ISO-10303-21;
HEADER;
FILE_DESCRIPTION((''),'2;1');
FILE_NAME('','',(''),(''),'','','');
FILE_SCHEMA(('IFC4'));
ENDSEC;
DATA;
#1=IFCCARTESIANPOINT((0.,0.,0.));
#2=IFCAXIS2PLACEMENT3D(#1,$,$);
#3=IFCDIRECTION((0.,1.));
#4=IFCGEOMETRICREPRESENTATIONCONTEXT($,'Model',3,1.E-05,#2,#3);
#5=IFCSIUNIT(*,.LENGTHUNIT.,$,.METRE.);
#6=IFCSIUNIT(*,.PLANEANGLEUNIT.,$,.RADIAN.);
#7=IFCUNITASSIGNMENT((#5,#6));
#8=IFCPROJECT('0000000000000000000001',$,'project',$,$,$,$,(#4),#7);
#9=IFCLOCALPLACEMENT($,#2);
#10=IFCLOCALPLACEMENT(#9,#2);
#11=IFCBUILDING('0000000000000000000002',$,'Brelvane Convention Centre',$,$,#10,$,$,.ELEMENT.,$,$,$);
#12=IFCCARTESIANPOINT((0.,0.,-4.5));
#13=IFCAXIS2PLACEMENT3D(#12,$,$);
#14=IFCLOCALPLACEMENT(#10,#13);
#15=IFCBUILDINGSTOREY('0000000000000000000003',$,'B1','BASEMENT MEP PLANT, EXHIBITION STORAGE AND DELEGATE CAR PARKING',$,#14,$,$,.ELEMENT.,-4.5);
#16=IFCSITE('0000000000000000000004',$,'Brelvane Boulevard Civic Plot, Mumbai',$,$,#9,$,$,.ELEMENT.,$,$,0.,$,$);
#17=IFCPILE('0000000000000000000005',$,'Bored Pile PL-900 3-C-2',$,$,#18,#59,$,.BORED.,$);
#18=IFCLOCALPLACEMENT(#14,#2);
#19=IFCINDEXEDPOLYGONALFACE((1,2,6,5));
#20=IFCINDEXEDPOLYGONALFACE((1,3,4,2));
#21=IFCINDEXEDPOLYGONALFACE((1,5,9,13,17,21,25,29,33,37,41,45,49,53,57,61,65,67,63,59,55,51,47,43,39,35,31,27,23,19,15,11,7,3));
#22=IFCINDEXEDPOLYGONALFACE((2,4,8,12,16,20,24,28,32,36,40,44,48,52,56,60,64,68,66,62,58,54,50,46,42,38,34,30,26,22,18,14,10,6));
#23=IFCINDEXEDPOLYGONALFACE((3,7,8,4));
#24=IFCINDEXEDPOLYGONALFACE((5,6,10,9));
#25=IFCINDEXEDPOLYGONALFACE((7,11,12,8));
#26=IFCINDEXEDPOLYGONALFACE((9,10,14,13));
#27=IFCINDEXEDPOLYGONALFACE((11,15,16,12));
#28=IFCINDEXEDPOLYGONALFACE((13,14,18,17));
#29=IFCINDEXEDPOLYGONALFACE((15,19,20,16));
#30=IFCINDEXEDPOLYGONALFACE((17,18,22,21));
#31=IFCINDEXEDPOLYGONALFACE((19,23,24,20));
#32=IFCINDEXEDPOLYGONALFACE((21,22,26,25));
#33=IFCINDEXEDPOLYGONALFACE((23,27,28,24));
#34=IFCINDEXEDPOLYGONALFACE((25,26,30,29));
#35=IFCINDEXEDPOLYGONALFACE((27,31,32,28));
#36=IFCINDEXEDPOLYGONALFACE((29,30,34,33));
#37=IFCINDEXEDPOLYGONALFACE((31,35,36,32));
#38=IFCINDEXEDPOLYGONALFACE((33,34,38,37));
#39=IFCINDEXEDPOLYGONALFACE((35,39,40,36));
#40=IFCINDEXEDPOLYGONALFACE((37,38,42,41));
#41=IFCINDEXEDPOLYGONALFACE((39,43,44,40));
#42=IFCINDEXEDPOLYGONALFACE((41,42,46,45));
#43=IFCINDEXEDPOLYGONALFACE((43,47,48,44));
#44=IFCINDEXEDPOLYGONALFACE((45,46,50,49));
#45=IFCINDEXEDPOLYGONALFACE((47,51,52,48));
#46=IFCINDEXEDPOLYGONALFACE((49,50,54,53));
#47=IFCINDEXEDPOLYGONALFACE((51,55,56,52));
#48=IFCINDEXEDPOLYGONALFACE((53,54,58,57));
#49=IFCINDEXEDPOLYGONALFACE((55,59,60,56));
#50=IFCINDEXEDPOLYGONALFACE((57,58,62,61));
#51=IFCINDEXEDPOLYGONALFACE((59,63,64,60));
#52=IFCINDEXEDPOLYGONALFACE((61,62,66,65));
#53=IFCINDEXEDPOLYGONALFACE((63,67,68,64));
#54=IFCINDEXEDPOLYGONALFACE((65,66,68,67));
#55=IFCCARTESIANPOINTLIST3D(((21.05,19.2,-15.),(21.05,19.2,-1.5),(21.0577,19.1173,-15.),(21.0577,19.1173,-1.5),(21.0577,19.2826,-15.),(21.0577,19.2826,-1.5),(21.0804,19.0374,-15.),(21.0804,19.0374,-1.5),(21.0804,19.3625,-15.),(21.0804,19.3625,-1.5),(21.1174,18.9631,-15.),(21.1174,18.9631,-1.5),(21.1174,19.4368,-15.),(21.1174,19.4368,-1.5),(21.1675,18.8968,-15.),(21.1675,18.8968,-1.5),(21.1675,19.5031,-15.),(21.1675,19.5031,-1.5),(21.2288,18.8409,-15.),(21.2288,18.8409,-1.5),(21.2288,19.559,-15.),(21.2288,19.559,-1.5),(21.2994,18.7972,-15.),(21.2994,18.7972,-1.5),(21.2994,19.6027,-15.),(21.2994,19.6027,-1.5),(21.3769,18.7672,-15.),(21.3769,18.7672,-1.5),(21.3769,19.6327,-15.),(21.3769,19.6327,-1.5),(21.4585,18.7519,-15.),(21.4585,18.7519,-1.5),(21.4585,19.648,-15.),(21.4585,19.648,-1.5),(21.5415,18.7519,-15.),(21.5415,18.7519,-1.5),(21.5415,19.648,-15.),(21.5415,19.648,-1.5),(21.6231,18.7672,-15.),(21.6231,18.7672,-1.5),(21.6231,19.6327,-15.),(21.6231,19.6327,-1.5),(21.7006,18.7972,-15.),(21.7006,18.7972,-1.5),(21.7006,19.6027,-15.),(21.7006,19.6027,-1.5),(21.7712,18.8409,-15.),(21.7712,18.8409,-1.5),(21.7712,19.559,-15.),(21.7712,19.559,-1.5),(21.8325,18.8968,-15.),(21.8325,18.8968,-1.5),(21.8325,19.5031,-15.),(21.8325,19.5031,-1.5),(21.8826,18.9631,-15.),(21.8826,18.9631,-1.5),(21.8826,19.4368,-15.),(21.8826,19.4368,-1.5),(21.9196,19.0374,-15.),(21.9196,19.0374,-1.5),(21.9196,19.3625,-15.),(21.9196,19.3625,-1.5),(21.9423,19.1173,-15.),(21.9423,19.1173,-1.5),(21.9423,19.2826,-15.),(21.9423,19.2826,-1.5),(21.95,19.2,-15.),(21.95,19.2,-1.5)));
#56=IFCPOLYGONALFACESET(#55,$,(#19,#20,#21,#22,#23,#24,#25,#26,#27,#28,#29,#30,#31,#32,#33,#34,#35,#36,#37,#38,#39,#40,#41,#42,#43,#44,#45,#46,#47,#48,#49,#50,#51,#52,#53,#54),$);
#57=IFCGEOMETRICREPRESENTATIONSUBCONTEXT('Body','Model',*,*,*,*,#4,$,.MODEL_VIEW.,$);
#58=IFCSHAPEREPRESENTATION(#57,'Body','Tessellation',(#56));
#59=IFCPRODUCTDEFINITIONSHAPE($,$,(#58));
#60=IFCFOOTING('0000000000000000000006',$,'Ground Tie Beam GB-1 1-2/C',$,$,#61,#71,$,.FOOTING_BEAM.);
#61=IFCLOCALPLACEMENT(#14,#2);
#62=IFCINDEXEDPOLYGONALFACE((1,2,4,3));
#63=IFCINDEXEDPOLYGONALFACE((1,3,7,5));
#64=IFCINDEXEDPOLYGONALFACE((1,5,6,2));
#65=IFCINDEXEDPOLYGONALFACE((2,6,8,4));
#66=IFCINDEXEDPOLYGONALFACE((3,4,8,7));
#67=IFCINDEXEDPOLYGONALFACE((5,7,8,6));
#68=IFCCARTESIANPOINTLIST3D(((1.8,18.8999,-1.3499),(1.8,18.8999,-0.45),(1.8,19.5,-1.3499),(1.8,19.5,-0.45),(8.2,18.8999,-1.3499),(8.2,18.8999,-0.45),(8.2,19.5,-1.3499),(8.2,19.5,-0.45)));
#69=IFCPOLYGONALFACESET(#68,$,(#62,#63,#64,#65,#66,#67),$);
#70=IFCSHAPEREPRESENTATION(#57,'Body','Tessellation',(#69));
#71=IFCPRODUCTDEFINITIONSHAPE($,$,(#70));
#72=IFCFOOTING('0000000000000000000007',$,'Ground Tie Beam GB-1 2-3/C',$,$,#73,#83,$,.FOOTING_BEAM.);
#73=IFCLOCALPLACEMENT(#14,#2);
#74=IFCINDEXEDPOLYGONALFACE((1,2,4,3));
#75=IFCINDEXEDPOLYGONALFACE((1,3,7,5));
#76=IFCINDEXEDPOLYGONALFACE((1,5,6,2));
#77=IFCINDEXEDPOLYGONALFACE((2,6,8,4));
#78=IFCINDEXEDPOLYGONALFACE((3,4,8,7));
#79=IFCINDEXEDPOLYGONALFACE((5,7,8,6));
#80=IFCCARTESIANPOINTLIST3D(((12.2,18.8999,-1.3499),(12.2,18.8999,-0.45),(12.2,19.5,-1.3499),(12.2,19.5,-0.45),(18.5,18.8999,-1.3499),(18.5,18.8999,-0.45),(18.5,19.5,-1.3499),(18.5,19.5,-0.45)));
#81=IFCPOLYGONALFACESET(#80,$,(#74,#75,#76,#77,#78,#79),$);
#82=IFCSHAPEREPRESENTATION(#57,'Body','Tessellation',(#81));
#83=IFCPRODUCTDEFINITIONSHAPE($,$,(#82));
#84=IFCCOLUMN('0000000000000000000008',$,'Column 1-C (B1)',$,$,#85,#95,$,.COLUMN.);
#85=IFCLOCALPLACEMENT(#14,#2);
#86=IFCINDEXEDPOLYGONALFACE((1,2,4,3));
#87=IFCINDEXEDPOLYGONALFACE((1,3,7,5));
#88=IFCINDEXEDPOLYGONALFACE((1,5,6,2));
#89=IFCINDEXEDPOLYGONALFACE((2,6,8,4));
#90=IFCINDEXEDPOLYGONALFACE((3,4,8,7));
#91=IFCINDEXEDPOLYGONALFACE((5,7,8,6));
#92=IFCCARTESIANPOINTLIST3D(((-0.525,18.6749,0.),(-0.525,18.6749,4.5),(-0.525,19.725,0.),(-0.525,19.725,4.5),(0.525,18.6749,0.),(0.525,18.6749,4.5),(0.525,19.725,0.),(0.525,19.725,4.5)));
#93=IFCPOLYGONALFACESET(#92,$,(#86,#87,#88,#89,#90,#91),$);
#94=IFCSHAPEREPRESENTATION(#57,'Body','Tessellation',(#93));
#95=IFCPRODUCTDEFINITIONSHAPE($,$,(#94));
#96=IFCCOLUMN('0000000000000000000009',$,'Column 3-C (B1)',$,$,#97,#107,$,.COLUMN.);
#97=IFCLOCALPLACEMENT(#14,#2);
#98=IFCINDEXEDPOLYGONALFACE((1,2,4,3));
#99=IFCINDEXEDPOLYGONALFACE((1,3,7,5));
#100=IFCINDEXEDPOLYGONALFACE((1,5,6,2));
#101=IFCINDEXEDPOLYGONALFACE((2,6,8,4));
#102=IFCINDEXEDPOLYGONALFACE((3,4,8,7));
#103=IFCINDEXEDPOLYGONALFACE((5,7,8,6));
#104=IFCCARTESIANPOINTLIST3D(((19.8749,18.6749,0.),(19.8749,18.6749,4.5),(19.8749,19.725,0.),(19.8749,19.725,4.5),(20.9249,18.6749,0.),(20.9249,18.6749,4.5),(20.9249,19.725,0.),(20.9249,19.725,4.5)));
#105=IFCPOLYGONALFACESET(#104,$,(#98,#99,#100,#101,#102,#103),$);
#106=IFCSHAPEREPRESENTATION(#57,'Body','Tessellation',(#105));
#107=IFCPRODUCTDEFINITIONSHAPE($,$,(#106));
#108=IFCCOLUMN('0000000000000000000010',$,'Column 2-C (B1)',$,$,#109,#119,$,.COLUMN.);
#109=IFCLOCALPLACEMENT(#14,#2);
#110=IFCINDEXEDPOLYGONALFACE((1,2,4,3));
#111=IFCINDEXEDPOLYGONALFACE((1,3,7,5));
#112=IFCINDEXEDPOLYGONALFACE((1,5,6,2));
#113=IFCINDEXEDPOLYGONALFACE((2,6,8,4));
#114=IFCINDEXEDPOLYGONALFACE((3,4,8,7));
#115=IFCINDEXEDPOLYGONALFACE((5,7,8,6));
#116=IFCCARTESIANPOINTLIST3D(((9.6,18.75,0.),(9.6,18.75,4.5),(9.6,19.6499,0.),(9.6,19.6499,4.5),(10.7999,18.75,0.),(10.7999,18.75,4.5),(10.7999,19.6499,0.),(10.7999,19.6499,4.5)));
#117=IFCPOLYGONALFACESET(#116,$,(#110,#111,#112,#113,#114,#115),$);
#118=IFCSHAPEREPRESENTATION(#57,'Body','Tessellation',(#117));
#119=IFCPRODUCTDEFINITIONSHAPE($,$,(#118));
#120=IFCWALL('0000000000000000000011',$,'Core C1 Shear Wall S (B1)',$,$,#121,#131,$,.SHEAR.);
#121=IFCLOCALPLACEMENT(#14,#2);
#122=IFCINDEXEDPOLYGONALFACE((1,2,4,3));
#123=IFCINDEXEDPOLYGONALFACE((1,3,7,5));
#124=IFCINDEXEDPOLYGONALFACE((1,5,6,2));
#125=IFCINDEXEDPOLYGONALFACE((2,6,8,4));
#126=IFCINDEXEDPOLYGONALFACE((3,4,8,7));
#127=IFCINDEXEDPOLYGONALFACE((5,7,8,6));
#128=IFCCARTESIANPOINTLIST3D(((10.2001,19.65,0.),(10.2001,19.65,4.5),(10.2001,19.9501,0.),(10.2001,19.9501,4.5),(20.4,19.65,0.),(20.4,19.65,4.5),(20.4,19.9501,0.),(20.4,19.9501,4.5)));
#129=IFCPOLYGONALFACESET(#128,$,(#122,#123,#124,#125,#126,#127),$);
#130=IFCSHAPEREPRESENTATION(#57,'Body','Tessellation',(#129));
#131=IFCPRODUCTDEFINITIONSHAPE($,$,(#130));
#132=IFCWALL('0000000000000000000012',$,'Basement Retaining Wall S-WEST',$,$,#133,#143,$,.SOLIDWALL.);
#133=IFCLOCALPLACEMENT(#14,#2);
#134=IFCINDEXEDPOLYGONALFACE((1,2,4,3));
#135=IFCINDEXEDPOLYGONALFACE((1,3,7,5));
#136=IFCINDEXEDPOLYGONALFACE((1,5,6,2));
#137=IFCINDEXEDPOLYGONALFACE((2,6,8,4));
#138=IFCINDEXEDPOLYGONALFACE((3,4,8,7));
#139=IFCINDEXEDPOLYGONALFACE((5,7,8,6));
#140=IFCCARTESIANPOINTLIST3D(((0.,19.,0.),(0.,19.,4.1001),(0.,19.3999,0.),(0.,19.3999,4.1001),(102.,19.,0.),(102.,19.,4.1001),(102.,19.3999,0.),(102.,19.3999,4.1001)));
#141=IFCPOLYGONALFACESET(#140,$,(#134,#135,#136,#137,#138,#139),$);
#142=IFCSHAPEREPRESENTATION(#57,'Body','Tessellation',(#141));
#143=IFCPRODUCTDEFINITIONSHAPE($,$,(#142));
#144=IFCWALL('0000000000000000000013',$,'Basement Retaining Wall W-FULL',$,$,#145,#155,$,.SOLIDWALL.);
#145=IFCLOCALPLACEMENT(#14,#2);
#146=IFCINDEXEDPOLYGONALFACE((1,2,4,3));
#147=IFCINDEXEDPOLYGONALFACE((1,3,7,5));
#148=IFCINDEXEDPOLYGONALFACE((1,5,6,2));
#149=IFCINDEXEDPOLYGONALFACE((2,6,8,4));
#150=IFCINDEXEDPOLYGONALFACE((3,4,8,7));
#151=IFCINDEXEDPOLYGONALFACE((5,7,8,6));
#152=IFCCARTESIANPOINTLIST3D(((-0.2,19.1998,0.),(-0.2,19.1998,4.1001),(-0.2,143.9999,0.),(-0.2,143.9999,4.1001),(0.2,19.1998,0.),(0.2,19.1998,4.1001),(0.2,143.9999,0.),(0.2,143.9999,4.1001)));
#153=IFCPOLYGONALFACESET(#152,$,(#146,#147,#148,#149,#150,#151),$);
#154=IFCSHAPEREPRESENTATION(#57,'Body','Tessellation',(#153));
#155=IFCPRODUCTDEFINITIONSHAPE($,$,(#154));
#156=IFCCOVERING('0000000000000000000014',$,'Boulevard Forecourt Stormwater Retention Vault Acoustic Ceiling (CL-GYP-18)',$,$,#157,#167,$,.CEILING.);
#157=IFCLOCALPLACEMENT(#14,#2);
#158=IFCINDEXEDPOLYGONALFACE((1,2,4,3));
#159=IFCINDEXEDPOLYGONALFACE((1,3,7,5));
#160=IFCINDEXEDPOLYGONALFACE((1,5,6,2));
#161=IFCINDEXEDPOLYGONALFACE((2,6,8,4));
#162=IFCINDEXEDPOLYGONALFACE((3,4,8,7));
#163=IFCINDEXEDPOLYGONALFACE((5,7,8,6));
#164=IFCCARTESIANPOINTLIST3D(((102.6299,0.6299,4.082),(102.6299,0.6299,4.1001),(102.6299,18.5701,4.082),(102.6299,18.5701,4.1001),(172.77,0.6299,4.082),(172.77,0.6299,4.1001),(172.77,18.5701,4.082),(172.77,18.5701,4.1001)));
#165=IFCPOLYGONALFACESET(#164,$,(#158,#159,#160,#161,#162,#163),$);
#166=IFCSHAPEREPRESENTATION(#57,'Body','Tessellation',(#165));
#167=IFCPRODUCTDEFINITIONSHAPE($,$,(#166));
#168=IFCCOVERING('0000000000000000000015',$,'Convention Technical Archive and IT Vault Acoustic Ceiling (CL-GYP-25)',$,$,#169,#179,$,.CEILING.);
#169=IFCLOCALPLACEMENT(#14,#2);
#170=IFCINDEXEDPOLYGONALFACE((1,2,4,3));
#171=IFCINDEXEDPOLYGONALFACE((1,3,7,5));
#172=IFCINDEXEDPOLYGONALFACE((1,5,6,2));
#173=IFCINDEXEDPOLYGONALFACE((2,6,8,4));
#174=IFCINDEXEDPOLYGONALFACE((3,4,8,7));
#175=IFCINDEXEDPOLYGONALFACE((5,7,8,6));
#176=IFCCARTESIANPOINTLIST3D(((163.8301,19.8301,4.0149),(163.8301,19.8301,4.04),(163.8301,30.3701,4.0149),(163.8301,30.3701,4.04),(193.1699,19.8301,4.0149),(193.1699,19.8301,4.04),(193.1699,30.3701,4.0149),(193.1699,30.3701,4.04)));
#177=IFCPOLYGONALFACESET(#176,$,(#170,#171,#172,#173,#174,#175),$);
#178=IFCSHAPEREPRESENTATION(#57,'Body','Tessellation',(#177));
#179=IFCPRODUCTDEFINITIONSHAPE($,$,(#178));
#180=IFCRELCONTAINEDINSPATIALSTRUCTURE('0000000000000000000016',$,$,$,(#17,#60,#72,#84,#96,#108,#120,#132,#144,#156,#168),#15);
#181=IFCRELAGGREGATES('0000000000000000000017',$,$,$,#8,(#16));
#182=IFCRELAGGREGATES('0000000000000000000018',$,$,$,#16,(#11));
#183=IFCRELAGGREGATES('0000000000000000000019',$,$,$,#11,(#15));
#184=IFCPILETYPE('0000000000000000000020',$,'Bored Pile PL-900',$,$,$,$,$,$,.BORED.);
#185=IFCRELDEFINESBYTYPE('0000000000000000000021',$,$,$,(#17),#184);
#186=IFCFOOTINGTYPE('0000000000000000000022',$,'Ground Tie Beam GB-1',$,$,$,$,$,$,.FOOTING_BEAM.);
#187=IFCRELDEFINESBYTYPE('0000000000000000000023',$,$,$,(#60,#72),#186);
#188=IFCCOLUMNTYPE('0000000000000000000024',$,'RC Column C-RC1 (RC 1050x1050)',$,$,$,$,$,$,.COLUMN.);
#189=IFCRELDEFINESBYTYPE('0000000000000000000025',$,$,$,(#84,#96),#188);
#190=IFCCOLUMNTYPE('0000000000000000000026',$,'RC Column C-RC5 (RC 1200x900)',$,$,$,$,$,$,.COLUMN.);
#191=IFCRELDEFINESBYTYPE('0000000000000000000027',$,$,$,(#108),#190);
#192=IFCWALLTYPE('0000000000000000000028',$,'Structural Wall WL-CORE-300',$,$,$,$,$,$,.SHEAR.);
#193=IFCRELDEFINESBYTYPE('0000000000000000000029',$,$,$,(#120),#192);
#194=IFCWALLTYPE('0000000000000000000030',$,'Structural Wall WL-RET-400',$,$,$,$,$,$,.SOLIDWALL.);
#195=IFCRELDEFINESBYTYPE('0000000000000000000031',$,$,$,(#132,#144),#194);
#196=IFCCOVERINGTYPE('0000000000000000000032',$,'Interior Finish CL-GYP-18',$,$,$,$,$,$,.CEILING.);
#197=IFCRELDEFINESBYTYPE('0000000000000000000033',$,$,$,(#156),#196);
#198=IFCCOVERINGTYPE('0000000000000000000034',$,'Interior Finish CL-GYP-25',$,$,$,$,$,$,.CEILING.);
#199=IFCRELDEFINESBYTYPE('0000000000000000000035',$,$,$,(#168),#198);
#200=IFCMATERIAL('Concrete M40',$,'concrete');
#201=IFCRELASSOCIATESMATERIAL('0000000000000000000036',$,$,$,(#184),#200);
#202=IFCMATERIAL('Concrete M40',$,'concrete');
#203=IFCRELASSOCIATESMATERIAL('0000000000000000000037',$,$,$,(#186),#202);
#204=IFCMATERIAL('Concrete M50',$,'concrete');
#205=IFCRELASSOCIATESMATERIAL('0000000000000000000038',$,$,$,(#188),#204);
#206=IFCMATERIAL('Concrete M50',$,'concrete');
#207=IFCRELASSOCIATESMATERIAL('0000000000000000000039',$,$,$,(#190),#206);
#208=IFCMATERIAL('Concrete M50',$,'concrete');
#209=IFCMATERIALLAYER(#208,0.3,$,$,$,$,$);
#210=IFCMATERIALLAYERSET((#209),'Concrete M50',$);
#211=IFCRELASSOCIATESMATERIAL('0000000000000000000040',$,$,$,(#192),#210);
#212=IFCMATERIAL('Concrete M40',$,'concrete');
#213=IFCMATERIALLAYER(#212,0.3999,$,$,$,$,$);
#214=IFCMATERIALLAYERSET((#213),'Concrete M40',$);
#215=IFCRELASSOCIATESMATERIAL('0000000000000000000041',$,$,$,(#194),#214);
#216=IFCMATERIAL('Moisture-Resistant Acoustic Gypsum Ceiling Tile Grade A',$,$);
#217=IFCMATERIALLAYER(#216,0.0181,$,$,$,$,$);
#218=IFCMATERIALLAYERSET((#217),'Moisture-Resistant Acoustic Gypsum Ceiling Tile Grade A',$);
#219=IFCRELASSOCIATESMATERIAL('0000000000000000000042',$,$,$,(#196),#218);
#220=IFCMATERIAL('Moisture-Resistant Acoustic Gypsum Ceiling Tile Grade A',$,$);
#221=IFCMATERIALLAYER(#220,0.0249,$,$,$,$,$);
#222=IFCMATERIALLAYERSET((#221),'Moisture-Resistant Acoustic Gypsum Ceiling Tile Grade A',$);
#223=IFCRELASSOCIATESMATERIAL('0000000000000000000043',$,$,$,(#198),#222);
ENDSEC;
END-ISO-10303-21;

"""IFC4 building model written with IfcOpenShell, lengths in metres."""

from ifc_helpers import new_model, si_unit, direction, frame, frame_2d, origin, origin_2d, place, context, subcontext, project, spatial, polyline, rectangle, circle, outline, extrude, material, layer, layer_set, material_profile, profile_set, type_object, element, save


model = new_model("IFC4")

# Units and contexts
model_context = context("Model", 3, precision=1e-05, world=origin(), true_north=direction((0.0, 1.0)))
body_context = subcontext(model_context, "Body", "Model", "MODEL_VIEW")
ifc_project = project(units=[si_unit("LENGTHUNIT", "METRE"), si_unit("PLANEANGLEUNIT", "RADIAN")], contexts=[model_context])

# Site, building, storey
site_placement = place(None, origin())
site = spatial("IfcSite", under=ifc_project, at=site_placement, Name="Brelvane Boulevard Civic Plot, Mumbai", CompositionType="ELEMENT", RefElevation=0.0)
building_placement = place(site_placement, origin())
building = spatial("IfcBuilding", under=site, at=building_placement, Name="Brelvane Convention Centre", CompositionType="ELEMENT")
storey_placement = place(building_placement, frame((0.0, 0.0, -4.5)))
storey = spatial("IfcBuildingStorey", under=building, at=storey_placement, Name="B1", Description="BASEMENT MEP PLANT, EXHIBITION STORAGE AND DELEGATE CAR PARKING", CompositionType="ELEMENT", Elevation=-4.5)

# Pile
ifc_material_1 = material(Name="Concrete M40", Category="concrete")
ifc_material_profile_1 = material_profile(ifc_material_1, circle(Radius=0.45, at=origin_2d()), Name="PILE D900")
ifc_profile_set_1 = profile_set([ifc_material_profile_1], Name="Concrete M40")
pile_type = type_object("IfcPileType", Name="Bored Pile PL-900", PredefinedType="BORED", material=ifc_profile_set_1)
for number, where, z_axis, x_axis, name in (
    (1, (21.5, 19.2, -1.5), (0.0, 0.0, -1.0), (1.0, 0.0, 0.0), "Bored Pile PL-900 3-C-2"),
):
    element("IfcPile", number, at=place(storey_placement, frame(where, z_axis=z_axis, x_axis=x_axis)), inside=storey, type_object=pile_type, Name=name, PredefinedType="BORED", context=body_context, shape_type="SweptSolid", body=[
        extrude(circle(Radius=0.45, at=origin_2d()), origin(), (0.0, 0.0, 1.0), 13.5),
    ])

# Footings
ifc_material_2 = material(Name="Concrete M40", Category="concrete")
ifc_material_profile_2 = material_profile(ifc_material_2, rectangle(XDim=0.6001, YDim=0.8999, at=origin_2d()), Name="RC 600x900")
ifc_profile_set_2 = profile_set([ifc_material_profile_2], Name="Concrete M40")
footing_type = type_object("IfcFootingType", Name="Ground Tie Beam GB-1", PredefinedType="FOOTING_BEAM", material=ifc_profile_set_2)
footing_1_placement = place(storey_placement, frame((1.8, 19.2, -0.8999), z_axis=(1.0, 0.0, 0.0), x_axis=(0.0, 1.0, 0.0)))
element("IfcFooting", 2, at=footing_1_placement, inside=storey, type_object=footing_type, Name="Ground Tie Beam GB-1 1-2/C", PredefinedType="FOOTING_BEAM", context=body_context, shape_type="SweptSolid", body=[
    extrude(rectangle(XDim=0.6001, YDim=0.8999, at=origin_2d()), origin(), (0.0, 0.0, 1.0), 6.3999),
])
footing_2_placement = place(storey_placement, frame((12.2, 19.2, -0.8999), z_axis=(1.0, 0.0, 0.0), x_axis=(0.0, 1.0, 0.0)))
element("IfcFooting", 3, at=footing_2_placement, inside=storey, type_object=footing_type, Name="Ground Tie Beam GB-1 2-3/C", PredefinedType="FOOTING_BEAM", context=body_context, shape_type="SweptSolid", body=[
    extrude(rectangle(XDim=0.6001, YDim=0.8999, at=origin_2d()), origin(), (0.0, 0.0, 1.0), 6.3),
])

# Columns
ifc_material_3 = material(Name="Concrete M50", Category="concrete")
ifc_material_profile_3 = material_profile(ifc_material_3, rectangle(XDim=1.05, YDim=1.05, at=origin_2d()), Name="RC 1050x1050")
ifc_profile_set_3 = profile_set([ifc_material_profile_3], Name="Concrete M50")
column_type_1 = type_object("IfcColumnType", Name="RC Column C-RC1 (RC 1050x1050)", PredefinedType="COLUMN", material=ifc_profile_set_3)
for number, where, z_axis, x_axis, name in (
    (4, (0.0, 19.2, 0.0), (0.0, 0.0, 1.0), (1.0, 0.0, 0.0), "Column 1-C (B1)"),
    (5, (20.3999, 19.2, 0.0), (0.0, 0.0, 1.0), (1.0, 0.0, 0.0), "Column 3-C (B1)"),
):
    element("IfcColumn", number, at=place(storey_placement, frame(where, z_axis=z_axis, x_axis=x_axis)), inside=storey, type_object=column_type_1, Name=name, PredefinedType="COLUMN", context=body_context, shape_type="SweptSolid", body=[
        extrude(rectangle(XDim=1.05, YDim=1.05, at=origin_2d()), origin(), (0.0, 0.0, 1.0), 4.5),
    ])
ifc_material_4 = material(Name="Concrete M50", Category="concrete")
ifc_material_profile_4 = material_profile(ifc_material_4, rectangle(XDim=1.2, YDim=0.8999, at=origin_2d()), Name="RC 1200x900")
ifc_profile_set_4 = profile_set([ifc_material_profile_4], Name="Concrete M50")
column_type_2 = type_object("IfcColumnType", Name="RC Column C-RC5 (RC 1200x900)", PredefinedType="COLUMN", material=ifc_profile_set_4)
column_placement = place(storey_placement, frame((10.2, 19.2, 0.0), z_axis=(0.0, 0.0, 1.0), x_axis=(1.0, 0.0, 0.0)))
element("IfcColumn", 6, at=column_placement, inside=storey, type_object=column_type_2, Name="Column 2-C (B1)", PredefinedType="COLUMN", context=body_context, shape_type="SweptSolid", body=[
    extrude(rectangle(XDim=1.2, YDim=0.8999, at=origin_2d()), origin(), (0.0, 0.0, 1.0), 4.5),
])

# Walls
ifc_material_5 = material(Name="Concrete M50", Category="concrete")
ifc_layer_1 = layer(ifc_material_5, 0.3)
ifc_layer_set_1 = layer_set([ifc_layer_1], Name="Concrete M50")
wall_type_1 = type_object("IfcWallType", Name="Structural Wall WL-CORE-300", PredefinedType="SHEAR", material=ifc_layer_set_1)
wall_1_placement = place(storey_placement, frame((10.2, 19.8, 0.0), z_axis=(0.0, 0.0, 1.0), x_axis=(1.0, 0.0, 0.0)))
element("IfcWall", 7, at=wall_1_placement, inside=storey, type_object=wall_type_1, Name="Core C1 Shear Wall S (B1)", PredefinedType="SHEAR", context=body_context, shape_type="SweptSolid", body=[
    extrude(rectangle(XDim=10.2, YDim=0.3, at=frame_2d((5.1001, 0.0))), origin(), (0.0, 0.0, 1.0), 4.5),
])
ifc_material_6 = material(Name="Concrete M40", Category="concrete")
ifc_layer_2 = layer(ifc_material_6, 0.3999)
ifc_layer_set_2 = layer_set([ifc_layer_2], Name="Concrete M40")
wall_type_2 = type_object("IfcWallType", Name="Structural Wall WL-RET-400", PredefinedType="SOLIDWALL", material=ifc_layer_set_2)
wall_2_placement = place(storey_placement, frame((0.0, 19.2, 0.0), z_axis=(0.0, 0.0, 1.0), x_axis=(1.0, 0.0, 0.0)))
element("IfcWall", 8, at=wall_2_placement, inside=storey, type_object=wall_type_2, Name="Basement Retaining Wall S-WEST", PredefinedType="SOLIDWALL", context=body_context, shape_type="SweptSolid", body=[
    extrude(rectangle(XDim=102.0, YDim=0.3999, at=frame_2d((51.0, 0.0))), origin(), (0.0, 0.0, 1.0), 4.1001),
])
wall_3_placement = place(storey_placement, frame((0.0, 19.2, 0.0), z_axis=(0.0, 0.0, 1.0), x_axis=(0.0, 1.0, 0.0)))
element("IfcWall", 9, at=wall_3_placement, inside=storey, type_object=wall_type_2, Name="Basement Retaining Wall W-FULL", PredefinedType="SOLIDWALL", context=body_context, shape_type="SweptSolid", body=[
    extrude(rectangle(XDim=124.8, YDim=0.3999, at=frame_2d((62.3999, 0.0))), origin(), (0.0, 0.0, 1.0), 4.1001),
])

# Coverings
ifc_material_7 = material(Name="Moisture-Resistant Acoustic Gypsum Ceiling Tile Grade A")
ifc_layer_3 = layer(ifc_material_7, 0.0181)
ifc_layer_set_3 = layer_set([ifc_layer_3], Name="Moisture-Resistant Acoustic Gypsum Ceiling Tile Grade A")
covering_type_1 = type_object("IfcCoveringType", Name="Interior Finish CL-GYP-18", PredefinedType="CEILING", material=ifc_layer_set_3)
covering_1_placement = place(storey_placement, frame((0.0, 0.0, 4.082)))
element("IfcCovering", 10, at=covering_1_placement, inside=storey, type_object=covering_type_1, Name="Boulevard Forecourt Stormwater Retention Vault Acoustic Ceiling (CL-GYP-18)", PredefinedType="CEILING", context=body_context, shape_type="SweptSolid", body=[
    extrude(outline(polyline([(102.6299, 0.6299), (172.77, 0.6299), (172.77, 18.5701), (102.6299, 18.5701), (102.6299, 0.6299)])), origin(), (0.0, 0.0, 1.0), 0.0181),
])
ifc_material_8 = material(Name="Moisture-Resistant Acoustic Gypsum Ceiling Tile Grade A")
ifc_layer_4 = layer(ifc_material_8, 0.0249)
ifc_layer_set_4 = layer_set([ifc_layer_4], Name="Moisture-Resistant Acoustic Gypsum Ceiling Tile Grade A")
covering_type_2 = type_object("IfcCoveringType", Name="Interior Finish CL-GYP-25", PredefinedType="CEILING", material=ifc_layer_set_4)
covering_2_placement = place(storey_placement, frame((0.0, 0.0, 4.0149)))
element("IfcCovering", 11, at=covering_2_placement, inside=storey, type_object=covering_type_2, Name="Convention Technical Archive and IT Vault Acoustic Ceiling (CL-GYP-25)", PredefinedType="CEILING", context=body_context, shape_type="SweptSolid", body=[
    extrude(outline(polyline([(163.8301, 19.8301), (193.1699, 19.8301), (193.1699, 30.3701), (163.8301, 30.3701), (163.8301, 19.8301)])), origin(), (0.0, 0.0, 1.0), 0.0251),
])

save(model, "model.ifc")
